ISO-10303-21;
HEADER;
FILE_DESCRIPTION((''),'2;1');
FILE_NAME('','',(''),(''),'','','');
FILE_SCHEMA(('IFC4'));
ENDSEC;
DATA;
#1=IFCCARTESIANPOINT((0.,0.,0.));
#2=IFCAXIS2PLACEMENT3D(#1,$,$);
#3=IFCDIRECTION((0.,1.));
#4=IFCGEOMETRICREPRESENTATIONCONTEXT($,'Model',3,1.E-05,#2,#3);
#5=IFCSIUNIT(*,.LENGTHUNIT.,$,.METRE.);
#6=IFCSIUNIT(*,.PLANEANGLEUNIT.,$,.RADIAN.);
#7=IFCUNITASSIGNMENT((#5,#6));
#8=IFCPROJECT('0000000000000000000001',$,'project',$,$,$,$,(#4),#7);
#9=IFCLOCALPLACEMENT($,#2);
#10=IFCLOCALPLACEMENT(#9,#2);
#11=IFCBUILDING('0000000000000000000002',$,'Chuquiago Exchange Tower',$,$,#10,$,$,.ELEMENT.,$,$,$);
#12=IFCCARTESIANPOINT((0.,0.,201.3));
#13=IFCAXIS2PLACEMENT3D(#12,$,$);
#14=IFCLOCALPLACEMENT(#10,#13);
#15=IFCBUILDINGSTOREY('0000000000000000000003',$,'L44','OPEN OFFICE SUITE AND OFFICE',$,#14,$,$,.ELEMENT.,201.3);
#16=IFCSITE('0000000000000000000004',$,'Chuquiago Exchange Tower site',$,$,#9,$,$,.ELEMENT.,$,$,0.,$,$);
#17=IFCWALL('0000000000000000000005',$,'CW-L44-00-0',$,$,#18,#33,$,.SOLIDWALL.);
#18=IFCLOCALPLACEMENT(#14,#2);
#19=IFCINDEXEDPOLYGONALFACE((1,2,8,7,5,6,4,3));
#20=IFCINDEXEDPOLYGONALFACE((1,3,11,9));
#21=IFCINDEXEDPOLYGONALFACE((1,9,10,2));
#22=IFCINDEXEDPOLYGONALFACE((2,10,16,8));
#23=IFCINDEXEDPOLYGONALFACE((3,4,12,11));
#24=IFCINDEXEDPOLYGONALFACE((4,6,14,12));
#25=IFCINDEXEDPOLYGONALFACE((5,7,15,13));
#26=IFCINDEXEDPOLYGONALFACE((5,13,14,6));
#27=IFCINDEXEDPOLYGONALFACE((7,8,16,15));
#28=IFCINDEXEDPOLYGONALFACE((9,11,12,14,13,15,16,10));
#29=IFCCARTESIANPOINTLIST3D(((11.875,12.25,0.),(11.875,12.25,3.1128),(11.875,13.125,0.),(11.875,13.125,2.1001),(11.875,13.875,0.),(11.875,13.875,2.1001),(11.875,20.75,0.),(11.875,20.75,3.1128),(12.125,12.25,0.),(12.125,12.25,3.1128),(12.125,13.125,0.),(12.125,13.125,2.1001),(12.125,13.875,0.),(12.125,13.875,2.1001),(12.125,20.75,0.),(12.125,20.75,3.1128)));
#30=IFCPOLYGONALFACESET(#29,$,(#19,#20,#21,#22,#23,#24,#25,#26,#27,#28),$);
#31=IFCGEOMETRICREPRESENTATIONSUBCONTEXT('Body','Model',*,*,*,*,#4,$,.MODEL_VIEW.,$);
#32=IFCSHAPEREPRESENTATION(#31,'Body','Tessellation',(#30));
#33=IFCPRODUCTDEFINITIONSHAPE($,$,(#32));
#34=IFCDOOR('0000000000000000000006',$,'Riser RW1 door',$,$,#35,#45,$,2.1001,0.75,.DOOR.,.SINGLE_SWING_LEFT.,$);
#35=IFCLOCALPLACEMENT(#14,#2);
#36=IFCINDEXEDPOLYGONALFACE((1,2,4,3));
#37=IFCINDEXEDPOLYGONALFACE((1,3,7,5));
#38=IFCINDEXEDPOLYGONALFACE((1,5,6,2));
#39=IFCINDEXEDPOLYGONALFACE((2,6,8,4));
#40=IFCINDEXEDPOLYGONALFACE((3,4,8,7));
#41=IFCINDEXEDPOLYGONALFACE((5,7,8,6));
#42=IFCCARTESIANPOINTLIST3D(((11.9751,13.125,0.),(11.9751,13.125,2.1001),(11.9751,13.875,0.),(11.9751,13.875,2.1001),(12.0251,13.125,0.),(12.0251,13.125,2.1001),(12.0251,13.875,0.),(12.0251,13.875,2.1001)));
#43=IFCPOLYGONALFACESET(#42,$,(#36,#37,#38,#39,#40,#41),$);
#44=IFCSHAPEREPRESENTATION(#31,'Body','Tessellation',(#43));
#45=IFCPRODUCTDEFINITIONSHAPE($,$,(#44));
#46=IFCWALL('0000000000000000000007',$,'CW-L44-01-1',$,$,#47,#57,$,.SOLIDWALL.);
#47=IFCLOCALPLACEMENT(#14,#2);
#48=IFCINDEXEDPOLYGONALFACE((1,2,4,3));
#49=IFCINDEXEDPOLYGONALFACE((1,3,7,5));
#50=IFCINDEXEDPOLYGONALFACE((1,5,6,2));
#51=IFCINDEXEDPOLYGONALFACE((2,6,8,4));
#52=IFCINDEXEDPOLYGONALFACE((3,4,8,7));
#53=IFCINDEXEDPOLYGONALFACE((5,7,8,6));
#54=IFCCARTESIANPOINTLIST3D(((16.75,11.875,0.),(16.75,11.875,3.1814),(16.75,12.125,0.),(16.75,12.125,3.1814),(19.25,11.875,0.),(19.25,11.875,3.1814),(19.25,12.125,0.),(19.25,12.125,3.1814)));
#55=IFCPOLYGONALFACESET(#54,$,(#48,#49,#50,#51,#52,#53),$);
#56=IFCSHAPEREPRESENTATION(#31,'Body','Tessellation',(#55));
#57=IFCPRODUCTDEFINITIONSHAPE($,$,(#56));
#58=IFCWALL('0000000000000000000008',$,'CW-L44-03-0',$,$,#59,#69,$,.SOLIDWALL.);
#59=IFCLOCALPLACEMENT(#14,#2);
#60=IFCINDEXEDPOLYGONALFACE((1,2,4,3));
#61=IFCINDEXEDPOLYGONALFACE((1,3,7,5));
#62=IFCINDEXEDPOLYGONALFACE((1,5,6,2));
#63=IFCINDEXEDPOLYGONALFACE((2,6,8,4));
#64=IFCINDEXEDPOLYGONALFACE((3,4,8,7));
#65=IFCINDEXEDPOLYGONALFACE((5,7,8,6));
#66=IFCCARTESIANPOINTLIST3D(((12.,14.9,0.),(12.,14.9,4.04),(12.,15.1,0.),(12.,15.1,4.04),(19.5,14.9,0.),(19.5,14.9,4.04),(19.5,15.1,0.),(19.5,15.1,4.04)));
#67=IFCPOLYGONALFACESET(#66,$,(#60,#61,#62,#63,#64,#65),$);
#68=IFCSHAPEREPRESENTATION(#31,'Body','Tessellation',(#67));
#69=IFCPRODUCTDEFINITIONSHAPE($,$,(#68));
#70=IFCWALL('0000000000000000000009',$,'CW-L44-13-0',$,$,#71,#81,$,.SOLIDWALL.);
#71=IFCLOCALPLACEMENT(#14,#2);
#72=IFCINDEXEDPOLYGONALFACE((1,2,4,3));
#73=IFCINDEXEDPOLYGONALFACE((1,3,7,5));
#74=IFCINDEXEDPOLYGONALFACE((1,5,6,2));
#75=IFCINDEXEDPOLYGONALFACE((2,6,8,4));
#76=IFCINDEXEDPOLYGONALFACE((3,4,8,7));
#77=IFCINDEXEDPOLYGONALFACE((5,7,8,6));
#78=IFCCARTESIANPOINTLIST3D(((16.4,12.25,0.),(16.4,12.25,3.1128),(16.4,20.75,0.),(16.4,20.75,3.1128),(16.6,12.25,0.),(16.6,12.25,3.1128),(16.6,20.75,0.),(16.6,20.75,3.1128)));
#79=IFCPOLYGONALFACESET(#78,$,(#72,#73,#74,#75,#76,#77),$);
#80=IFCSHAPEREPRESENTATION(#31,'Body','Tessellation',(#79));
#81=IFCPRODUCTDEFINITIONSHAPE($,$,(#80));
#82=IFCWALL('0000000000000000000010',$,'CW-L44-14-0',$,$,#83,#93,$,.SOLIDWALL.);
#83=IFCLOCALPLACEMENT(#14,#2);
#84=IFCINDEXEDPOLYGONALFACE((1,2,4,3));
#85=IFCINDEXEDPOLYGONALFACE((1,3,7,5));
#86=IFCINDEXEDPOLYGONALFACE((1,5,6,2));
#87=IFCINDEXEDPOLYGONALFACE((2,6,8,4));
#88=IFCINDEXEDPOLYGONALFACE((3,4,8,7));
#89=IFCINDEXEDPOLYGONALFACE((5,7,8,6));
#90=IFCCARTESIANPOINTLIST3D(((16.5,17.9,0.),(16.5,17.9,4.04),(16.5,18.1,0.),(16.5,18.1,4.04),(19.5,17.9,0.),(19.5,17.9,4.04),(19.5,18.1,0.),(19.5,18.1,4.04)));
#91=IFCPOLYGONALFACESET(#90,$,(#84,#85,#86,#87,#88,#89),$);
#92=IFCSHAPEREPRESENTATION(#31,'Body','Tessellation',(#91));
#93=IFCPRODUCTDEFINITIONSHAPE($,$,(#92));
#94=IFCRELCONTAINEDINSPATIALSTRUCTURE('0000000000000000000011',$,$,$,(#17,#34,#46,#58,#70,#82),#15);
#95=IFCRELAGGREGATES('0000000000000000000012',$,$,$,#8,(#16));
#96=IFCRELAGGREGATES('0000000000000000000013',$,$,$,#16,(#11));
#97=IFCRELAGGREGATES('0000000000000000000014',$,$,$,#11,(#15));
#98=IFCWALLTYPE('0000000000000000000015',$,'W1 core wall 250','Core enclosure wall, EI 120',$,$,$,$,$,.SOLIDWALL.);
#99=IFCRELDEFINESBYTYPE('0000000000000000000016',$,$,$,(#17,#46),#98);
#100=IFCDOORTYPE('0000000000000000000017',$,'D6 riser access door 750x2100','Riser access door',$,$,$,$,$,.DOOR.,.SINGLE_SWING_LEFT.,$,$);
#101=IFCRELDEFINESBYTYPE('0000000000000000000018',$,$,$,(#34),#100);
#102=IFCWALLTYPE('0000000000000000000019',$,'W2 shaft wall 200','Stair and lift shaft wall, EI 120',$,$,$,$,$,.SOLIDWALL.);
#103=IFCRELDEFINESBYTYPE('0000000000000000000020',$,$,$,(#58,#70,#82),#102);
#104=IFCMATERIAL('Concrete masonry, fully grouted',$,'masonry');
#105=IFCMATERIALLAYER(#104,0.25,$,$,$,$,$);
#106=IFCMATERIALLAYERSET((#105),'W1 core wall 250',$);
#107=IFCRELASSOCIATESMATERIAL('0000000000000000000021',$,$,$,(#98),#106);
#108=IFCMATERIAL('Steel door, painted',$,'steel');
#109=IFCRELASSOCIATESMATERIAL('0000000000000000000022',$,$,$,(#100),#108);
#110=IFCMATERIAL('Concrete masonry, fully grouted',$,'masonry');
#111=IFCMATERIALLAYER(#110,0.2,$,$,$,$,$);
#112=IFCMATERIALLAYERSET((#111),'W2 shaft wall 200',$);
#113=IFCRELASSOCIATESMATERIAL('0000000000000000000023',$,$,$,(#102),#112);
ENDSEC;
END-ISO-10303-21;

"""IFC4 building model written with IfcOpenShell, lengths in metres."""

from ifc_helpers import new_model, si_unit, direction, frame, frame_2d, origin, place, context, subcontext, project, spatial, rectangle, extrude, material, layer, layer_set, type_object, element, fill, save


model = new_model("IFC4")

# Units and contexts
model_context = context("Model", 3, precision=1e-05, world=origin(), true_north=direction((0.0, 1.0)))
body_context = subcontext(model_context, "Body", "Model", "MODEL_VIEW")
ifc_project = project(units=[si_unit("LENGTHUNIT", "METRE"), si_unit("PLANEANGLEUNIT", "RADIAN")], contexts=[model_context])

# Site, building, storey
site_placement = place(None, origin())
site = spatial("IfcSite", under=ifc_project, at=site_placement, Name="Chuquiago Exchange Tower site", CompositionType="ELEMENT", RefElevation=0.0)
building_placement = place(site_placement, origin())
building = spatial("IfcBuilding", under=site, at=building_placement, Name="Chuquiago Exchange Tower", CompositionType="ELEMENT")
storey_placement = place(building_placement, frame((0.0, 0.0, 201.3)))
storey = spatial("IfcBuildingStorey", under=building, at=storey_placement, Name="L44", Description="OPEN OFFICE SUITE AND OFFICE", CompositionType="ELEMENT", Elevation=201.3)

# Wall, opening, door
ifc_material_1 = material(Name="Concrete masonry, fully grouted", Category="masonry")
ifc_layer_1 = layer(ifc_material_1, 0.25)
ifc_layer_set_1 = layer_set([ifc_layer_1], Name="W1 core wall 250")
wall_type_1 = type_object("IfcWallType", Name="W1 core wall 250", Description="Core enclosure wall, EI 120", PredefinedType="SOLIDWALL", material=ifc_layer_set_1)
wall_1_placement = place(storey_placement, frame((12.0, 12.25, 0.0), z_axis=(0.0, 0.0, 1.0), x_axis=(0.0, 1.0, 0.0)))
wall_1 = element("IfcWall", 1, at=wall_1_placement, inside=storey, type_object=wall_type_1, Name="CW-L44-00-0", PredefinedType="SOLIDWALL", context=body_context, shape_type="SweptSolid", body=[
    extrude(rectangle(XDim=8.5, YDim=0.25, at=frame_2d((4.25, 0.0))), origin(), (0.0, 0.0, 1.0), 3.1128),
])
opening_placement = place(wall_1_placement, frame((0.875, 0.0, 0.0)))
opening = element("IfcOpeningElement", 2, at=opening_placement, cuts=wall_1, PredefinedType="OPENING", context=body_context, shape_type="SweptSolid", body=[
    extrude(rectangle(XDim=0.75, YDim=2.1001, at=frame_2d((0.375, 1.05))), frame((0.0, 0.135, 0.0), z_axis=(0.0, -1.0, 0.0), x_axis=(1.0, 0.0, 0.0)), (0.0, 0.0, 1.0), 0.27),
])
ifc_material_2 = material(Name="Steel door, painted", Category="steel")
door_type = type_object("IfcDoorType", Name="D6 riser access door 750x2100", Description="Riser access door", OperationType="SINGLE_SWING_LEFT", PredefinedType="DOOR", material=ifc_material_2)
door_placement = place(opening_placement, origin())
door = element("IfcDoor", 3, at=door_placement, inside=storey, type_object=door_type, Name="Riser RW1 door", OperationType="SINGLE_SWING_LEFT", OverallHeight=2.1001, OverallWidth=0.75, PredefinedType="DOOR", context=body_context, shape_type="SweptSolid", body=[
    extrude(rectangle(XDim=0.75, YDim=2.1001, at=frame_2d((0.375, 1.05))), frame((0.0, 0.0249, 0.0), z_axis=(0.0, -1.0, 0.0), x_axis=(1.0, 0.0, 0.0)), (0.0, 0.0, 1.0), 0.05),
])
fill(opening, door)

# Walls
wall_2_placement = place(storey_placement, frame((16.75, 12.0, 0.0), z_axis=(0.0, 0.0, 1.0), x_axis=(1.0, 0.0, 0.0)))
element("IfcWall", 4, at=wall_2_placement, inside=storey, type_object=wall_type_1, Name="CW-L44-01-1", PredefinedType="SOLIDWALL", context=body_context, shape_type="SweptSolid", body=[
    extrude(rectangle(XDim=2.5, YDim=0.25, at=frame_2d((1.25, 0.0))), origin(), (0.0, 0.0, 1.0), 3.1814),
])
ifc_material_3 = material(Name="Concrete masonry, fully grouted", Category="masonry")
ifc_layer_2 = layer(ifc_material_3, 0.2)
ifc_layer_set_2 = layer_set([ifc_layer_2], Name="W2 shaft wall 200")
wall_type_2 = type_object("IfcWallType", Name="W2 shaft wall 200", Description="Stair and lift shaft wall, EI 120", PredefinedType="SOLIDWALL", material=ifc_layer_set_2)
wall_3_placement = place(storey_placement, frame((12.0, 15.0, 0.0), z_axis=(0.0, 0.0, 1.0), x_axis=(1.0, 0.0, 0.0)))
element("IfcWall", 5, at=wall_3_placement, inside=storey, type_object=wall_type_2, Name="CW-L44-03-0", PredefinedType="SOLIDWALL", context=body_context, shape_type="SweptSolid", body=[
    extrude(rectangle(XDim=7.5, YDim=0.2, at=frame_2d((3.75, 0.0))), origin(), (0.0, 0.0, 1.0), 4.04),
])
wall_4_placement = place(storey_placement, frame((16.5, 12.25, 0.0), z_axis=(0.0, 0.0, 1.0), x_axis=(0.0, 1.0, 0.0)))
element("IfcWall", 6, at=wall_4_placement, inside=storey, type_object=wall_type_2, Name="CW-L44-13-0", PredefinedType="SOLIDWALL", context=body_context, shape_type="SweptSolid", body=[
    extrude(rectangle(XDim=8.5, YDim=0.2, at=frame_2d((4.25, 0.0))), origin(), (0.0, 0.0, 1.0), 3.1128),
])
wall_5_placement = place(storey_placement, frame((16.5, 18.0, 0.0), z_axis=(0.0, 0.0, 1.0), x_axis=(1.0, 0.0, 0.0)))
element("IfcWall", 7, at=wall_5_placement, inside=storey, type_object=wall_type_2, Name="CW-L44-14-0", PredefinedType="SOLIDWALL", context=body_context, shape_type="SweptSolid", body=[
    extrude(rectangle(XDim=3.0, YDim=0.2, at=frame_2d((1.5, 0.0))), origin(), (0.0, 0.0, 1.0), 4.04),
])

save(model, "model.ifc")
